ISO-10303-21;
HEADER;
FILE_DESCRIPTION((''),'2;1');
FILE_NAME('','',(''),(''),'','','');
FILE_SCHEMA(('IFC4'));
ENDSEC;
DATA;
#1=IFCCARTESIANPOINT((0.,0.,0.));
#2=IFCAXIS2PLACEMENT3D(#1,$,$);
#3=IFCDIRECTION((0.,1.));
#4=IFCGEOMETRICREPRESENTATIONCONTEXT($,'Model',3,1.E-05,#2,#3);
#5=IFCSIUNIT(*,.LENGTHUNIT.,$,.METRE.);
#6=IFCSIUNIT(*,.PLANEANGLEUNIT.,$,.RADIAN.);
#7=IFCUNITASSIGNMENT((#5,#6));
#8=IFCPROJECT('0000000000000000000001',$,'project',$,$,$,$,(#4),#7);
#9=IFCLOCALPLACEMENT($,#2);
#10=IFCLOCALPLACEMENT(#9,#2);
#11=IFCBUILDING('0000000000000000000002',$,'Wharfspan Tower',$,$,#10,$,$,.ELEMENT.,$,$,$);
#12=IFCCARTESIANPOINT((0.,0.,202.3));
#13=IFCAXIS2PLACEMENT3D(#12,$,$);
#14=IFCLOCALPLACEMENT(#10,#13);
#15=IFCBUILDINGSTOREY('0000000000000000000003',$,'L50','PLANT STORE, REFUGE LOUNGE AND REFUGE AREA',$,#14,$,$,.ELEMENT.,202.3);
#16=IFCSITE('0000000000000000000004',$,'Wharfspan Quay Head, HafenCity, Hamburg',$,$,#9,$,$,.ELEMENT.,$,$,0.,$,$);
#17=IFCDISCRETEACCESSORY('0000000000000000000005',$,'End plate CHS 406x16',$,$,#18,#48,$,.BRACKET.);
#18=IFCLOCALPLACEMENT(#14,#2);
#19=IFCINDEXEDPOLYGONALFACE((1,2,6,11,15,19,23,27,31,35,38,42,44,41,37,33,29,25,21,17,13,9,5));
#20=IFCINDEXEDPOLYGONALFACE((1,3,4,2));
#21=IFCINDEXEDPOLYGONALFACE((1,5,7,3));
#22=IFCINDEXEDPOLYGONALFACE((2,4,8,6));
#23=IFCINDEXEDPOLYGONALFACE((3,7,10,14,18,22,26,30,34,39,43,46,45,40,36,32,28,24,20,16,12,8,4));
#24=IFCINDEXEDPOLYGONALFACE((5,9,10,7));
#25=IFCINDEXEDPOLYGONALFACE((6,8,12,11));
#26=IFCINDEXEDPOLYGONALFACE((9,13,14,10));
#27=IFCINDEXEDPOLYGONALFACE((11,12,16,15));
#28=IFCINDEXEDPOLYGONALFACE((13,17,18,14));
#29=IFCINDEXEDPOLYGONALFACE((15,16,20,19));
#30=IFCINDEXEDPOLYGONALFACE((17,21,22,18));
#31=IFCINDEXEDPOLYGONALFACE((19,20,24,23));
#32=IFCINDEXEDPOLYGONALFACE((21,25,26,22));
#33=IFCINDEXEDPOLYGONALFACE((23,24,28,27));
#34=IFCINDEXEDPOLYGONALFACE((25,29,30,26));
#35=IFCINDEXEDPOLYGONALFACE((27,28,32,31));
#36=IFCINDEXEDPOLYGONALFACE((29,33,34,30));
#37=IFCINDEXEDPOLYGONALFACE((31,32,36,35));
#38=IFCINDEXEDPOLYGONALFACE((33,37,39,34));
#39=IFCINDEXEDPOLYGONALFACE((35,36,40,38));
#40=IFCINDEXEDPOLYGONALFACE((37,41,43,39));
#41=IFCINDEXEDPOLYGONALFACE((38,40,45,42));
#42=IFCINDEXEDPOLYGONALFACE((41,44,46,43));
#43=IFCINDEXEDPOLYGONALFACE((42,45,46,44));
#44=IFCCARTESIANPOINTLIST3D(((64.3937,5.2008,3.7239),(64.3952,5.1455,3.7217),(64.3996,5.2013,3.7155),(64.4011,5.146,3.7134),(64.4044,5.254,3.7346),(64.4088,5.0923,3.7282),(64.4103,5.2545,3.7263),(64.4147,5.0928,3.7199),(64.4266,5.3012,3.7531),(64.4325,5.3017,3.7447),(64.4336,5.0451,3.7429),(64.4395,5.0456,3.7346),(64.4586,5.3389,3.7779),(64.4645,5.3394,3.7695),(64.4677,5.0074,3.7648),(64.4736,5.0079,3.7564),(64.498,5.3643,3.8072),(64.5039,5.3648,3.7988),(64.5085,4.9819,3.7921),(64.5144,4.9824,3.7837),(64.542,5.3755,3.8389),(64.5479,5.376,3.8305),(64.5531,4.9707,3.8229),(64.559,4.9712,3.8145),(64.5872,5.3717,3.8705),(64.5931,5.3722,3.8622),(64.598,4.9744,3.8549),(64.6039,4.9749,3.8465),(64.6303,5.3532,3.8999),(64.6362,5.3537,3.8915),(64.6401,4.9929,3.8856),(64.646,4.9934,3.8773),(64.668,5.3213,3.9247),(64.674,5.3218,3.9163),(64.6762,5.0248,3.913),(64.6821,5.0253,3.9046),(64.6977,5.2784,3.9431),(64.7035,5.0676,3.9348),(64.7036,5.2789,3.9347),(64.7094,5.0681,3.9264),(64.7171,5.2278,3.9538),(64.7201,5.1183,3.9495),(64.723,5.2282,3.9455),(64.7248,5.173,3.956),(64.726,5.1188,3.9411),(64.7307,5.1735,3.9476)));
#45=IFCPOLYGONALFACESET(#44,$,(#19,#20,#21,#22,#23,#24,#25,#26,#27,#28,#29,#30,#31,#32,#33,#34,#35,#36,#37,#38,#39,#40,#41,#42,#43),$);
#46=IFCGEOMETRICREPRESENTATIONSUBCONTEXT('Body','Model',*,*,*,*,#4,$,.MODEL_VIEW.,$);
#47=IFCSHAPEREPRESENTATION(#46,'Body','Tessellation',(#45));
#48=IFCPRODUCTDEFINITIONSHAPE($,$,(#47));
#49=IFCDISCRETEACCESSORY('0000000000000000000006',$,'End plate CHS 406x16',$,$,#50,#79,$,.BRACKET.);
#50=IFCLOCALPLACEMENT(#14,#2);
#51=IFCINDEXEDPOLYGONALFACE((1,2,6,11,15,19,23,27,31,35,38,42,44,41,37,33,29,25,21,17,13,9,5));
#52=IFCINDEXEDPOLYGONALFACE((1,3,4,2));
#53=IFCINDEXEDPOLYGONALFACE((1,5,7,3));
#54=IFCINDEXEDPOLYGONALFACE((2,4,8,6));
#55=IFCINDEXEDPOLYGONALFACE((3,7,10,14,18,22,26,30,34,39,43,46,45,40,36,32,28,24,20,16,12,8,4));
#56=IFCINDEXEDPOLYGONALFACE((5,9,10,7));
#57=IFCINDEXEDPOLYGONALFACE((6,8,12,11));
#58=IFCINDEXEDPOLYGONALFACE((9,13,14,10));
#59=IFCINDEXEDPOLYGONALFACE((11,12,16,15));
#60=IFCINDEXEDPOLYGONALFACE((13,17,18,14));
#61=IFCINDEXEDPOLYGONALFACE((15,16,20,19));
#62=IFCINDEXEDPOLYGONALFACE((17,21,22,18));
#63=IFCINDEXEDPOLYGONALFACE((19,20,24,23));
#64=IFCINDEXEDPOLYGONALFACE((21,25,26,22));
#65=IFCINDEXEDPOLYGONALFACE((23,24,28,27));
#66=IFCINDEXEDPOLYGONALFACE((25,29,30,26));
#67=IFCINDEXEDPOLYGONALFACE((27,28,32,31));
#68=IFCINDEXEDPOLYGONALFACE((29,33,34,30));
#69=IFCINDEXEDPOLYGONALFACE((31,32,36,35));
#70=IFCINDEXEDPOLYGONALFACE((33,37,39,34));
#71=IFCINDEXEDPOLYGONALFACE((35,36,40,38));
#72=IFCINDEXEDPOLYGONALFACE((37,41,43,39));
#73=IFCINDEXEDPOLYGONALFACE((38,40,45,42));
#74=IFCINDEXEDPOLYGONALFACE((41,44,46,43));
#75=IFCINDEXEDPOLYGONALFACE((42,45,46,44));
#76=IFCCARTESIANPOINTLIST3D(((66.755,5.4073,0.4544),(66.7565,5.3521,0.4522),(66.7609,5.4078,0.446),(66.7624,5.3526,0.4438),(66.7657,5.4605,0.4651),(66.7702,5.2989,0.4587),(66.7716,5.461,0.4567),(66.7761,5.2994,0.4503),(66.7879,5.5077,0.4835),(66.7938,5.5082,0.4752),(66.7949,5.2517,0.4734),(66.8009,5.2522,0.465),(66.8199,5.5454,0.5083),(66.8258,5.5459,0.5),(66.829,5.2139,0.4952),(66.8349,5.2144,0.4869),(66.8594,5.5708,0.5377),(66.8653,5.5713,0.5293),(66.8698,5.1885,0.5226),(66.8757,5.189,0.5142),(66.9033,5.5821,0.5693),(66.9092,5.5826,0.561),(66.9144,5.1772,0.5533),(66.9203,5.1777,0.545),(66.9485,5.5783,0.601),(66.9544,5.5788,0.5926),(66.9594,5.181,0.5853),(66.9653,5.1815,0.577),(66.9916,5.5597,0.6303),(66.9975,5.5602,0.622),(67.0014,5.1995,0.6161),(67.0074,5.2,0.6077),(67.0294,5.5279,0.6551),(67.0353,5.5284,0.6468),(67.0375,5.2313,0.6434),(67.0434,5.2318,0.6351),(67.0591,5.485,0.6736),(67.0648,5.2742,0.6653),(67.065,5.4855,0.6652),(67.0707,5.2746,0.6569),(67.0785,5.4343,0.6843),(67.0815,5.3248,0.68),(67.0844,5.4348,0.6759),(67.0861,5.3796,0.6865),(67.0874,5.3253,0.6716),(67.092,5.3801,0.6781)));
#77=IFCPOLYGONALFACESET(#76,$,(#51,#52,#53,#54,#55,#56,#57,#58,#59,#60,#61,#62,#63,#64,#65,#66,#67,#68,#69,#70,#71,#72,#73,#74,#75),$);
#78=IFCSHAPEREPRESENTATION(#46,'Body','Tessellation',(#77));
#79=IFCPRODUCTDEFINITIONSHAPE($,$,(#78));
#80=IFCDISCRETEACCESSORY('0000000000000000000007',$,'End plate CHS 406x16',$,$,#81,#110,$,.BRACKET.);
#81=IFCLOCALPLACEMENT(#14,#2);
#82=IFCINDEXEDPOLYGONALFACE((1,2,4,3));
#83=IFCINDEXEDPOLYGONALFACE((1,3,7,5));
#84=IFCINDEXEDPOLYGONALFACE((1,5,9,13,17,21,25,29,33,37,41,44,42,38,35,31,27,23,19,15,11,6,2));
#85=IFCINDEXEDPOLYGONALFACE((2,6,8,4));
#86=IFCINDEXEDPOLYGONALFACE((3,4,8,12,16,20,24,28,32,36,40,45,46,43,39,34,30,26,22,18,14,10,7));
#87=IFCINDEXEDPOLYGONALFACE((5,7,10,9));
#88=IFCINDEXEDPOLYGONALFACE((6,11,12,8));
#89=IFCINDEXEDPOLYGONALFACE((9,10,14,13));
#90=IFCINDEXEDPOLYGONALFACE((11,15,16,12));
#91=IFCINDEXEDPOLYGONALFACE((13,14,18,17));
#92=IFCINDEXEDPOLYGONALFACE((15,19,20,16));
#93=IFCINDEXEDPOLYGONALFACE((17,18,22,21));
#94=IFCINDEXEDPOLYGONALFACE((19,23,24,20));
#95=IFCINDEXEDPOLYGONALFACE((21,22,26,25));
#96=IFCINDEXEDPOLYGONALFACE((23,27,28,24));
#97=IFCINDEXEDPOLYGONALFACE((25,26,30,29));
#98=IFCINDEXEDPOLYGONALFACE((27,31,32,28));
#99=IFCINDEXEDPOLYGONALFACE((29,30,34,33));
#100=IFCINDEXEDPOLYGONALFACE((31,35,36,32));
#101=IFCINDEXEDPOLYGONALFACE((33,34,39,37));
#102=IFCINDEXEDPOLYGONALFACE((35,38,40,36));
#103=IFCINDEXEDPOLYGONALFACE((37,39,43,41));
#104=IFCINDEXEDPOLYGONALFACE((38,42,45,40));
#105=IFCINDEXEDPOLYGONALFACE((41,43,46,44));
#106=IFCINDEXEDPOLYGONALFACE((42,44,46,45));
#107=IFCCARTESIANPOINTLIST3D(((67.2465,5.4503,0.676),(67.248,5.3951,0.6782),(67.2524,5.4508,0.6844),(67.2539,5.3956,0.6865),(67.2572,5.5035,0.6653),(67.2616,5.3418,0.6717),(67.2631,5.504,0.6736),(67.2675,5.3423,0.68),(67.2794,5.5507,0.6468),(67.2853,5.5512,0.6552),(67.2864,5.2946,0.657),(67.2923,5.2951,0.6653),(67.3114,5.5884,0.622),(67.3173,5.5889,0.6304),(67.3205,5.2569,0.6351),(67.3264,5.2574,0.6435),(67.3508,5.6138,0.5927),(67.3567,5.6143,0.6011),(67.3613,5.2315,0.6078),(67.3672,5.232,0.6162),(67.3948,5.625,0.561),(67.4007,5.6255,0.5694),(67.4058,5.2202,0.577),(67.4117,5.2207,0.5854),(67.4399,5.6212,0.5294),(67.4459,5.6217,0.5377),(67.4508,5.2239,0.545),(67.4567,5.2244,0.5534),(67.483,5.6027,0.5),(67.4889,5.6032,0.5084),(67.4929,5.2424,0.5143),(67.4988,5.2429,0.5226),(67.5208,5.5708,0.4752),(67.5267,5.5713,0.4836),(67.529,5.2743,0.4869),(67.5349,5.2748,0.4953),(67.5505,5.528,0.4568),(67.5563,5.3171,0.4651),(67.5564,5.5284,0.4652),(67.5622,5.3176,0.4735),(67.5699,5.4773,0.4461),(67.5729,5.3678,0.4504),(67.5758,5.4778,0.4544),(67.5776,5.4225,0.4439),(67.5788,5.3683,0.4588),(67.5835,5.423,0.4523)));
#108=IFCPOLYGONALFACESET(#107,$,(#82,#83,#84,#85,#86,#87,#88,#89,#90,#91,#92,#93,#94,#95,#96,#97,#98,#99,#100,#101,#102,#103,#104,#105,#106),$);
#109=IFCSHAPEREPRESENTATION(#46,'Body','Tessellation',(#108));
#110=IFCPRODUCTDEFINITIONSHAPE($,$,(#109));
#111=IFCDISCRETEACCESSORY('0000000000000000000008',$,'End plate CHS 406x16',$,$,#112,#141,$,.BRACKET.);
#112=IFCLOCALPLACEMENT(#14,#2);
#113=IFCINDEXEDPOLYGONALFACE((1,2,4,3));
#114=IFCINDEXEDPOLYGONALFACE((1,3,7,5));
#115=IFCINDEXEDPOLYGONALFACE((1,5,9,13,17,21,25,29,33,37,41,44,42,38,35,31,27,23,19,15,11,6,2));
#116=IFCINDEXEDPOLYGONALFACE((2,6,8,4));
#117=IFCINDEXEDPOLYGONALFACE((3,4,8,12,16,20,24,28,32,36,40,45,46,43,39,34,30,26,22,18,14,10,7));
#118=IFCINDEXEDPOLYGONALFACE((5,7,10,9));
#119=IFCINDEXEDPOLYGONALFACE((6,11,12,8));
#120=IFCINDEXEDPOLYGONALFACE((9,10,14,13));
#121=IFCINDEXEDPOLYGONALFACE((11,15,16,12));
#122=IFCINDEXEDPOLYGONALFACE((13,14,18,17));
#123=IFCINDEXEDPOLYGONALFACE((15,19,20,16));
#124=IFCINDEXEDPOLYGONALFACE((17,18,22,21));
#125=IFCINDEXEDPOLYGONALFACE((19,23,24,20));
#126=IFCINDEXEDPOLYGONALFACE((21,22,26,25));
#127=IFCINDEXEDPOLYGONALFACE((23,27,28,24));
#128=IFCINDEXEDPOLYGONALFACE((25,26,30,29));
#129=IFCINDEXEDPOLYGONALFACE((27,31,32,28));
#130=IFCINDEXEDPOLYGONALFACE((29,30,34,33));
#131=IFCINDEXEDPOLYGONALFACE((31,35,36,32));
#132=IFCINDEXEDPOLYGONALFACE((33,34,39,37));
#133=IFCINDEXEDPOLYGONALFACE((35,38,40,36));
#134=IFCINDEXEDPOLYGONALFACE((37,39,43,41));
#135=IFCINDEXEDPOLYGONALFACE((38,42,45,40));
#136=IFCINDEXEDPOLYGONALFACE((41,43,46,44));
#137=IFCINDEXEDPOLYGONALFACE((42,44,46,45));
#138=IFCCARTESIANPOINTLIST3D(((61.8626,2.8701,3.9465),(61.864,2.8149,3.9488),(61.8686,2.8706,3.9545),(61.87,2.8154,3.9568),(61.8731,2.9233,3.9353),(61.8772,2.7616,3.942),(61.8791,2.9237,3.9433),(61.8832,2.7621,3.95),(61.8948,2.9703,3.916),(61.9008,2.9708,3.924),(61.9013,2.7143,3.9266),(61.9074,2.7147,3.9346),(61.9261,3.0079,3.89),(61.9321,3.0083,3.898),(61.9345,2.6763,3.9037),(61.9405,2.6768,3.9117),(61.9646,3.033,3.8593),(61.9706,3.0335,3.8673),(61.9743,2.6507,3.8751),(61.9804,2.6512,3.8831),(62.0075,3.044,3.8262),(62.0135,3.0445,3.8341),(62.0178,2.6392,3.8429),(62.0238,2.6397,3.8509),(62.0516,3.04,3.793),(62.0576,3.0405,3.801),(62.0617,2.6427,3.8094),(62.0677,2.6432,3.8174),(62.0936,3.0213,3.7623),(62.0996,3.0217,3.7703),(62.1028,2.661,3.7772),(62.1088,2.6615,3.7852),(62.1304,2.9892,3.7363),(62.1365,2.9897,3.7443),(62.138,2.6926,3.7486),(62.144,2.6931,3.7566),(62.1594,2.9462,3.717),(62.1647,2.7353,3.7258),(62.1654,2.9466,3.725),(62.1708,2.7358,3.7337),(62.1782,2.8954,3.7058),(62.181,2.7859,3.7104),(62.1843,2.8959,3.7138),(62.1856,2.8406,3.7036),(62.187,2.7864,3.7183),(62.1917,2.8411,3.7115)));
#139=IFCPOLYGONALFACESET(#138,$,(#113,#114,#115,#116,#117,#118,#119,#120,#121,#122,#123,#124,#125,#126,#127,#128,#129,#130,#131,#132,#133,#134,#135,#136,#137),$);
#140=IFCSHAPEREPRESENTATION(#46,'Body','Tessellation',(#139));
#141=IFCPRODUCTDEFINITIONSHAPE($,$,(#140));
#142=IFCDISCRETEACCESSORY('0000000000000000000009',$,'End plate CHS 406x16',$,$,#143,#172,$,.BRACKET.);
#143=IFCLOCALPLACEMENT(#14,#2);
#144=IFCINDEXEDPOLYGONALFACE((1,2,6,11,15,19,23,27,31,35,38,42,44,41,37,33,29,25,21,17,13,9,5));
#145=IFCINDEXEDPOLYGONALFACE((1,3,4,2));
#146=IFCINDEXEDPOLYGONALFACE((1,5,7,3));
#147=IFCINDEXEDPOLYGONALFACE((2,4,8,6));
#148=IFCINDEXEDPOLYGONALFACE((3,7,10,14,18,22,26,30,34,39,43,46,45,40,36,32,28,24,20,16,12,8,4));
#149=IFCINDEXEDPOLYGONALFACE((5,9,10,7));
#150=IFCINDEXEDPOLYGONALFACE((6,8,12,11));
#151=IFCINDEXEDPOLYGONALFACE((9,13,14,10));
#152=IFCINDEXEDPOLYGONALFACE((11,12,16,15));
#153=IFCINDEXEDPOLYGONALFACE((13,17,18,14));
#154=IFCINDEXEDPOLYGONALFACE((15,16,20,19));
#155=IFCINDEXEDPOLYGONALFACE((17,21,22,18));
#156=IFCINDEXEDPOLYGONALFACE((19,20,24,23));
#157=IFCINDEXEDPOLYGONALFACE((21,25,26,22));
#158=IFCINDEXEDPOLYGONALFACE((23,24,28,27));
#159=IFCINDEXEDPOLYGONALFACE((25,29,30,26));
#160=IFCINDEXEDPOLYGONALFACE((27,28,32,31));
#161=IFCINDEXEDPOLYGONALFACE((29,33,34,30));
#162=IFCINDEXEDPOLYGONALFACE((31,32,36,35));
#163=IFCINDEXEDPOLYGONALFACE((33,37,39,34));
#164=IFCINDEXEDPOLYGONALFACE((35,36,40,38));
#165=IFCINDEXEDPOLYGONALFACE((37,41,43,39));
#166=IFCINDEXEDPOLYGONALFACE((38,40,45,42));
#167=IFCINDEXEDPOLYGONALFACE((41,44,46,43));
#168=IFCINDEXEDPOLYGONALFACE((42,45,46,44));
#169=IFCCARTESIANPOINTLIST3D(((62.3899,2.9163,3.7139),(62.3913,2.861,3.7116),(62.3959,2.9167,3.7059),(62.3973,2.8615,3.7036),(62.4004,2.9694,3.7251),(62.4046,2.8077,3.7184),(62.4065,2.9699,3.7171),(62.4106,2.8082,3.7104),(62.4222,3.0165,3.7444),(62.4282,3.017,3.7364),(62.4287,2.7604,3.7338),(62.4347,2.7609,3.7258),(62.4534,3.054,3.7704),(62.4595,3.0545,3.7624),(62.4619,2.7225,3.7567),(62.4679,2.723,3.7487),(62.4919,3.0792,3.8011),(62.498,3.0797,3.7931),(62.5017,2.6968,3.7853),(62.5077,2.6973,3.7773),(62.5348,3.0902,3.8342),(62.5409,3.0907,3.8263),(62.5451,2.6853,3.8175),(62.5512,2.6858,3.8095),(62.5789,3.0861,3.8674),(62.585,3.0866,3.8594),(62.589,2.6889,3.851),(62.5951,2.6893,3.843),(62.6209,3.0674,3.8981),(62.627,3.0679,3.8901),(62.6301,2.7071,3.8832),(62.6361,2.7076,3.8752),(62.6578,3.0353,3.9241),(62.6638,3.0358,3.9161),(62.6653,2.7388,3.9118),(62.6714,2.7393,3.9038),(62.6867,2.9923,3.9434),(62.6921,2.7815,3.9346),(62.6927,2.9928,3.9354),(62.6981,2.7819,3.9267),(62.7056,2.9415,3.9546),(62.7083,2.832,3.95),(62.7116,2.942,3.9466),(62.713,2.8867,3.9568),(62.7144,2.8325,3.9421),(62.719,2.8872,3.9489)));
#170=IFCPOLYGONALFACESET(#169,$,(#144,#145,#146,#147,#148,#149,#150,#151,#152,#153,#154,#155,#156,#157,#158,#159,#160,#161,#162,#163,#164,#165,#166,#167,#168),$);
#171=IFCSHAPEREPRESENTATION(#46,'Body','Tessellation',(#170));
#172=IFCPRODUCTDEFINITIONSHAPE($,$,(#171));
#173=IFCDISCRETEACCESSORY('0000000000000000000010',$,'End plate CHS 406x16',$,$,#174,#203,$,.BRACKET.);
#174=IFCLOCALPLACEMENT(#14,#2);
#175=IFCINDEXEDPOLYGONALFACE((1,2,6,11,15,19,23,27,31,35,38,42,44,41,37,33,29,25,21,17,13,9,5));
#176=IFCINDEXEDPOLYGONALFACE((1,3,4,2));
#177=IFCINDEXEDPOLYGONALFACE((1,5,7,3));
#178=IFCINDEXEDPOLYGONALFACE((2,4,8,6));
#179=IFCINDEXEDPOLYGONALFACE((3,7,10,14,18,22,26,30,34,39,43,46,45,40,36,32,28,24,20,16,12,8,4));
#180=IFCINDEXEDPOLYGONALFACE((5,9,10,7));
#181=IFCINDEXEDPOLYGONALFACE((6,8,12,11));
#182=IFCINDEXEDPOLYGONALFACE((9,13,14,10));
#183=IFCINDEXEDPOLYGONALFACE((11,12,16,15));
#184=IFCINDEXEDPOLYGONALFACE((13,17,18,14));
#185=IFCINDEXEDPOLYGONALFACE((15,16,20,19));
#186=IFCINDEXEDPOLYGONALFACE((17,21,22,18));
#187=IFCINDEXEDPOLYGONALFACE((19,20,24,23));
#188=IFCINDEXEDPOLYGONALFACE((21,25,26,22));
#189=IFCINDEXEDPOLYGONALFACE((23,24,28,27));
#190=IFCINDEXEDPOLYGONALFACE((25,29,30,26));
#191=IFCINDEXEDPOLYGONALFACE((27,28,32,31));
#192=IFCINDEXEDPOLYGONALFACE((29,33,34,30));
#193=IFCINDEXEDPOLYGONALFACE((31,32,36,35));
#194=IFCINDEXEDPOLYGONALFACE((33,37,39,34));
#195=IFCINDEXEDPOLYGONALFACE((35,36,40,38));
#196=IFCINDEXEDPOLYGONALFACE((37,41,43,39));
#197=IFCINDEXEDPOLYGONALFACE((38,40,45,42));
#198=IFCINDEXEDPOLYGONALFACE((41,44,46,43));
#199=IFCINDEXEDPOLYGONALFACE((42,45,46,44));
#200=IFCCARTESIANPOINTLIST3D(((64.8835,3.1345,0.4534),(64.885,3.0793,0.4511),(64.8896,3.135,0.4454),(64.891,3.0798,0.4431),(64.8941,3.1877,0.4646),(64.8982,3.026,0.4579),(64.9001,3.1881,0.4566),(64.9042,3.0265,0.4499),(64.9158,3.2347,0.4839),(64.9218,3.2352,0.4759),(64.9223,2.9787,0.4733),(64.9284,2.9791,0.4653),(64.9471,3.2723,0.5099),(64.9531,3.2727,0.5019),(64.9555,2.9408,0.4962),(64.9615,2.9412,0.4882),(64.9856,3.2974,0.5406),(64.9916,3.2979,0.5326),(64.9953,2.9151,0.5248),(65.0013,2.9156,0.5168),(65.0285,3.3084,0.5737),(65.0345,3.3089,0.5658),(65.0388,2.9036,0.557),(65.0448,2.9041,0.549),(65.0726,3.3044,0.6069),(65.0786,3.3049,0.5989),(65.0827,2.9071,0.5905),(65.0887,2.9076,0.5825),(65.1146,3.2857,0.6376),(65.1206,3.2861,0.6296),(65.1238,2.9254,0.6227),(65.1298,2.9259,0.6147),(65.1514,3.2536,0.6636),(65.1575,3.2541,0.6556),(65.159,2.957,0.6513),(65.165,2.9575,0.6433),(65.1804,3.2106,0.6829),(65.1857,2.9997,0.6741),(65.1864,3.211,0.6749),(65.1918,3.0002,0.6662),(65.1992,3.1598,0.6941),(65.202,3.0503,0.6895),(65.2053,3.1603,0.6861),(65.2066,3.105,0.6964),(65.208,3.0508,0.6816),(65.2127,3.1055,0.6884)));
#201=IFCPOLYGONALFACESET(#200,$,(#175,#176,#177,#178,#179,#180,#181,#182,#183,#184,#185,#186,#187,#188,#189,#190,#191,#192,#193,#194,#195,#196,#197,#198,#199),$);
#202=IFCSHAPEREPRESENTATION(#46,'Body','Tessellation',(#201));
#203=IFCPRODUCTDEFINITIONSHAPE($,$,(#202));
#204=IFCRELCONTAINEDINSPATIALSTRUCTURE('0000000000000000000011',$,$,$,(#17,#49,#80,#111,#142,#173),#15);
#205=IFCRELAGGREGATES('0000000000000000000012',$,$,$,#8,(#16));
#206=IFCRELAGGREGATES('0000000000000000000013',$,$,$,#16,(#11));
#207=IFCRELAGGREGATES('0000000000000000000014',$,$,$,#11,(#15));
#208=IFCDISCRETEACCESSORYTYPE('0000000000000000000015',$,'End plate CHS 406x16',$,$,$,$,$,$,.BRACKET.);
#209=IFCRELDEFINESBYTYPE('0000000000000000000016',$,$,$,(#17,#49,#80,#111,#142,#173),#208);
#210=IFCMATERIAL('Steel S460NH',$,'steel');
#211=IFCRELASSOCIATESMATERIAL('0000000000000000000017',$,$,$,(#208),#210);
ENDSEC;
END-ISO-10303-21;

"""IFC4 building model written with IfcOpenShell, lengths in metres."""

from ifc_helpers import new_model, si_unit, direction, frame, origin, origin_2d, place, context, subcontext, project, spatial, circle, extrude, material, material_profile, profile_set, type_object, element, save


model = new_model("IFC4")

# Units and contexts
model_context = context("Model", 3, precision=1e-05, world=origin(), true_north=direction((0.0, 1.0)))
body_context = subcontext(model_context, "Body", "Model", "MODEL_VIEW")
ifc_project = project(units=[si_unit("LENGTHUNIT", "METRE"), si_unit("PLANEANGLEUNIT", "RADIAN")], contexts=[model_context])

# Site, building, storey
site_placement = place(None, origin())
site = spatial("IfcSite", under=ifc_project, at=site_placement, Name="Wharfspan Quay Head, HafenCity, Hamburg", CompositionType="ELEMENT", RefElevation=0.0)
building_placement = place(site_placement, origin())
building = spatial("IfcBuilding", under=site, at=building_placement, Name="Wharfspan Tower", CompositionType="ELEMENT")
storey_placement = place(building_placement, frame((0.0, 0.0, 202.3)))
storey = spatial("IfcBuildingStorey", under=building, at=storey_placement, Name="L50", Description="PLANT STORE, REFUGE LOUNGE AND REFUGE AREA", CompositionType="ELEMENT", Elevation=202.3)

# Shared definitions
ifc_material_1 = material(Name="Steel S460NH", Category="steel")

# Discrete accessories
ifc_material_profile_1 = material_profile(ifc_material_1, circle(Radius=0.2031, at=origin_2d()))
ifc_profile_set_1 = profile_set([ifc_material_profile_1], Name="Steel S460NH")
discrete_accessory_type_1 = type_object("IfcDiscreteAccessoryType", Name="End plate CHS 406x16", PredefinedType="BRACKET", material=ifc_profile_set_1)
for number, where, z_axis, x_axis, name in (
    (1, (64.5588, 5.1731, 3.8389), (0.576018, 0.048002, -0.816026), (-0.083046, 0.996542, 0.0), "End plate CHS 406x16"),
    (2, (66.9202, 5.3796, 0.5693), (0.576018, 0.048002, -0.816026), (-0.083046, 0.996542, 0.0), "End plate CHS 406x16"),
    (3, (67.4116, 5.4226, 0.561), (0.576018, 0.048002, 0.816026), (-0.083046, 0.996542, 0.0), "End plate CHS 406x16"),
):
    element("IfcDiscreteAccessory", number, at=place(storey_placement, frame(where, z_axis=z_axis, x_axis=x_axis)), inside=storey, type_object=discrete_accessory_type_1, Name=name, PredefinedType="BRACKET", context=body_context, shape_type="SweptSolid", body=[
        extrude(circle(Radius=0.2031, at=origin_2d()), origin(), (0.0, 0.0, 1.0), 0.0103),
    ])
for number, where, z_axis, x_axis, name in (
    (4, (62.0237, 2.8416, 3.8262), (0.603154, 0.048252, 0.796164), (-0.079745, 0.996819, 0.0), "End plate CHS 406x16"),
    (5, (62.551, 2.8877, 3.8342), (0.603154, 0.048252, -0.796164), (-0.079745, 0.996819, 0.0), "End plate CHS 406x16"),
    (6, (65.0447, 3.106, 0.5737), (0.603154, 0.048252, -0.796164), (-0.079745, 0.996819, 0.0), "End plate CHS 406x16"),
):
    element("IfcDiscreteAccessory", number, at=place(storey_placement, frame(where, z_axis=z_axis, x_axis=x_axis)), inside=storey, type_object=discrete_accessory_type_1, Name=name, PredefinedType="BRACKET", context=body_context, shape_type="SweptSolid", body=[
        extrude(circle(Radius=0.2031, at=origin_2d()), origin(), (0.0, 0.0, 1.0), 0.01),
    ])

save(model, "model.ifc")
